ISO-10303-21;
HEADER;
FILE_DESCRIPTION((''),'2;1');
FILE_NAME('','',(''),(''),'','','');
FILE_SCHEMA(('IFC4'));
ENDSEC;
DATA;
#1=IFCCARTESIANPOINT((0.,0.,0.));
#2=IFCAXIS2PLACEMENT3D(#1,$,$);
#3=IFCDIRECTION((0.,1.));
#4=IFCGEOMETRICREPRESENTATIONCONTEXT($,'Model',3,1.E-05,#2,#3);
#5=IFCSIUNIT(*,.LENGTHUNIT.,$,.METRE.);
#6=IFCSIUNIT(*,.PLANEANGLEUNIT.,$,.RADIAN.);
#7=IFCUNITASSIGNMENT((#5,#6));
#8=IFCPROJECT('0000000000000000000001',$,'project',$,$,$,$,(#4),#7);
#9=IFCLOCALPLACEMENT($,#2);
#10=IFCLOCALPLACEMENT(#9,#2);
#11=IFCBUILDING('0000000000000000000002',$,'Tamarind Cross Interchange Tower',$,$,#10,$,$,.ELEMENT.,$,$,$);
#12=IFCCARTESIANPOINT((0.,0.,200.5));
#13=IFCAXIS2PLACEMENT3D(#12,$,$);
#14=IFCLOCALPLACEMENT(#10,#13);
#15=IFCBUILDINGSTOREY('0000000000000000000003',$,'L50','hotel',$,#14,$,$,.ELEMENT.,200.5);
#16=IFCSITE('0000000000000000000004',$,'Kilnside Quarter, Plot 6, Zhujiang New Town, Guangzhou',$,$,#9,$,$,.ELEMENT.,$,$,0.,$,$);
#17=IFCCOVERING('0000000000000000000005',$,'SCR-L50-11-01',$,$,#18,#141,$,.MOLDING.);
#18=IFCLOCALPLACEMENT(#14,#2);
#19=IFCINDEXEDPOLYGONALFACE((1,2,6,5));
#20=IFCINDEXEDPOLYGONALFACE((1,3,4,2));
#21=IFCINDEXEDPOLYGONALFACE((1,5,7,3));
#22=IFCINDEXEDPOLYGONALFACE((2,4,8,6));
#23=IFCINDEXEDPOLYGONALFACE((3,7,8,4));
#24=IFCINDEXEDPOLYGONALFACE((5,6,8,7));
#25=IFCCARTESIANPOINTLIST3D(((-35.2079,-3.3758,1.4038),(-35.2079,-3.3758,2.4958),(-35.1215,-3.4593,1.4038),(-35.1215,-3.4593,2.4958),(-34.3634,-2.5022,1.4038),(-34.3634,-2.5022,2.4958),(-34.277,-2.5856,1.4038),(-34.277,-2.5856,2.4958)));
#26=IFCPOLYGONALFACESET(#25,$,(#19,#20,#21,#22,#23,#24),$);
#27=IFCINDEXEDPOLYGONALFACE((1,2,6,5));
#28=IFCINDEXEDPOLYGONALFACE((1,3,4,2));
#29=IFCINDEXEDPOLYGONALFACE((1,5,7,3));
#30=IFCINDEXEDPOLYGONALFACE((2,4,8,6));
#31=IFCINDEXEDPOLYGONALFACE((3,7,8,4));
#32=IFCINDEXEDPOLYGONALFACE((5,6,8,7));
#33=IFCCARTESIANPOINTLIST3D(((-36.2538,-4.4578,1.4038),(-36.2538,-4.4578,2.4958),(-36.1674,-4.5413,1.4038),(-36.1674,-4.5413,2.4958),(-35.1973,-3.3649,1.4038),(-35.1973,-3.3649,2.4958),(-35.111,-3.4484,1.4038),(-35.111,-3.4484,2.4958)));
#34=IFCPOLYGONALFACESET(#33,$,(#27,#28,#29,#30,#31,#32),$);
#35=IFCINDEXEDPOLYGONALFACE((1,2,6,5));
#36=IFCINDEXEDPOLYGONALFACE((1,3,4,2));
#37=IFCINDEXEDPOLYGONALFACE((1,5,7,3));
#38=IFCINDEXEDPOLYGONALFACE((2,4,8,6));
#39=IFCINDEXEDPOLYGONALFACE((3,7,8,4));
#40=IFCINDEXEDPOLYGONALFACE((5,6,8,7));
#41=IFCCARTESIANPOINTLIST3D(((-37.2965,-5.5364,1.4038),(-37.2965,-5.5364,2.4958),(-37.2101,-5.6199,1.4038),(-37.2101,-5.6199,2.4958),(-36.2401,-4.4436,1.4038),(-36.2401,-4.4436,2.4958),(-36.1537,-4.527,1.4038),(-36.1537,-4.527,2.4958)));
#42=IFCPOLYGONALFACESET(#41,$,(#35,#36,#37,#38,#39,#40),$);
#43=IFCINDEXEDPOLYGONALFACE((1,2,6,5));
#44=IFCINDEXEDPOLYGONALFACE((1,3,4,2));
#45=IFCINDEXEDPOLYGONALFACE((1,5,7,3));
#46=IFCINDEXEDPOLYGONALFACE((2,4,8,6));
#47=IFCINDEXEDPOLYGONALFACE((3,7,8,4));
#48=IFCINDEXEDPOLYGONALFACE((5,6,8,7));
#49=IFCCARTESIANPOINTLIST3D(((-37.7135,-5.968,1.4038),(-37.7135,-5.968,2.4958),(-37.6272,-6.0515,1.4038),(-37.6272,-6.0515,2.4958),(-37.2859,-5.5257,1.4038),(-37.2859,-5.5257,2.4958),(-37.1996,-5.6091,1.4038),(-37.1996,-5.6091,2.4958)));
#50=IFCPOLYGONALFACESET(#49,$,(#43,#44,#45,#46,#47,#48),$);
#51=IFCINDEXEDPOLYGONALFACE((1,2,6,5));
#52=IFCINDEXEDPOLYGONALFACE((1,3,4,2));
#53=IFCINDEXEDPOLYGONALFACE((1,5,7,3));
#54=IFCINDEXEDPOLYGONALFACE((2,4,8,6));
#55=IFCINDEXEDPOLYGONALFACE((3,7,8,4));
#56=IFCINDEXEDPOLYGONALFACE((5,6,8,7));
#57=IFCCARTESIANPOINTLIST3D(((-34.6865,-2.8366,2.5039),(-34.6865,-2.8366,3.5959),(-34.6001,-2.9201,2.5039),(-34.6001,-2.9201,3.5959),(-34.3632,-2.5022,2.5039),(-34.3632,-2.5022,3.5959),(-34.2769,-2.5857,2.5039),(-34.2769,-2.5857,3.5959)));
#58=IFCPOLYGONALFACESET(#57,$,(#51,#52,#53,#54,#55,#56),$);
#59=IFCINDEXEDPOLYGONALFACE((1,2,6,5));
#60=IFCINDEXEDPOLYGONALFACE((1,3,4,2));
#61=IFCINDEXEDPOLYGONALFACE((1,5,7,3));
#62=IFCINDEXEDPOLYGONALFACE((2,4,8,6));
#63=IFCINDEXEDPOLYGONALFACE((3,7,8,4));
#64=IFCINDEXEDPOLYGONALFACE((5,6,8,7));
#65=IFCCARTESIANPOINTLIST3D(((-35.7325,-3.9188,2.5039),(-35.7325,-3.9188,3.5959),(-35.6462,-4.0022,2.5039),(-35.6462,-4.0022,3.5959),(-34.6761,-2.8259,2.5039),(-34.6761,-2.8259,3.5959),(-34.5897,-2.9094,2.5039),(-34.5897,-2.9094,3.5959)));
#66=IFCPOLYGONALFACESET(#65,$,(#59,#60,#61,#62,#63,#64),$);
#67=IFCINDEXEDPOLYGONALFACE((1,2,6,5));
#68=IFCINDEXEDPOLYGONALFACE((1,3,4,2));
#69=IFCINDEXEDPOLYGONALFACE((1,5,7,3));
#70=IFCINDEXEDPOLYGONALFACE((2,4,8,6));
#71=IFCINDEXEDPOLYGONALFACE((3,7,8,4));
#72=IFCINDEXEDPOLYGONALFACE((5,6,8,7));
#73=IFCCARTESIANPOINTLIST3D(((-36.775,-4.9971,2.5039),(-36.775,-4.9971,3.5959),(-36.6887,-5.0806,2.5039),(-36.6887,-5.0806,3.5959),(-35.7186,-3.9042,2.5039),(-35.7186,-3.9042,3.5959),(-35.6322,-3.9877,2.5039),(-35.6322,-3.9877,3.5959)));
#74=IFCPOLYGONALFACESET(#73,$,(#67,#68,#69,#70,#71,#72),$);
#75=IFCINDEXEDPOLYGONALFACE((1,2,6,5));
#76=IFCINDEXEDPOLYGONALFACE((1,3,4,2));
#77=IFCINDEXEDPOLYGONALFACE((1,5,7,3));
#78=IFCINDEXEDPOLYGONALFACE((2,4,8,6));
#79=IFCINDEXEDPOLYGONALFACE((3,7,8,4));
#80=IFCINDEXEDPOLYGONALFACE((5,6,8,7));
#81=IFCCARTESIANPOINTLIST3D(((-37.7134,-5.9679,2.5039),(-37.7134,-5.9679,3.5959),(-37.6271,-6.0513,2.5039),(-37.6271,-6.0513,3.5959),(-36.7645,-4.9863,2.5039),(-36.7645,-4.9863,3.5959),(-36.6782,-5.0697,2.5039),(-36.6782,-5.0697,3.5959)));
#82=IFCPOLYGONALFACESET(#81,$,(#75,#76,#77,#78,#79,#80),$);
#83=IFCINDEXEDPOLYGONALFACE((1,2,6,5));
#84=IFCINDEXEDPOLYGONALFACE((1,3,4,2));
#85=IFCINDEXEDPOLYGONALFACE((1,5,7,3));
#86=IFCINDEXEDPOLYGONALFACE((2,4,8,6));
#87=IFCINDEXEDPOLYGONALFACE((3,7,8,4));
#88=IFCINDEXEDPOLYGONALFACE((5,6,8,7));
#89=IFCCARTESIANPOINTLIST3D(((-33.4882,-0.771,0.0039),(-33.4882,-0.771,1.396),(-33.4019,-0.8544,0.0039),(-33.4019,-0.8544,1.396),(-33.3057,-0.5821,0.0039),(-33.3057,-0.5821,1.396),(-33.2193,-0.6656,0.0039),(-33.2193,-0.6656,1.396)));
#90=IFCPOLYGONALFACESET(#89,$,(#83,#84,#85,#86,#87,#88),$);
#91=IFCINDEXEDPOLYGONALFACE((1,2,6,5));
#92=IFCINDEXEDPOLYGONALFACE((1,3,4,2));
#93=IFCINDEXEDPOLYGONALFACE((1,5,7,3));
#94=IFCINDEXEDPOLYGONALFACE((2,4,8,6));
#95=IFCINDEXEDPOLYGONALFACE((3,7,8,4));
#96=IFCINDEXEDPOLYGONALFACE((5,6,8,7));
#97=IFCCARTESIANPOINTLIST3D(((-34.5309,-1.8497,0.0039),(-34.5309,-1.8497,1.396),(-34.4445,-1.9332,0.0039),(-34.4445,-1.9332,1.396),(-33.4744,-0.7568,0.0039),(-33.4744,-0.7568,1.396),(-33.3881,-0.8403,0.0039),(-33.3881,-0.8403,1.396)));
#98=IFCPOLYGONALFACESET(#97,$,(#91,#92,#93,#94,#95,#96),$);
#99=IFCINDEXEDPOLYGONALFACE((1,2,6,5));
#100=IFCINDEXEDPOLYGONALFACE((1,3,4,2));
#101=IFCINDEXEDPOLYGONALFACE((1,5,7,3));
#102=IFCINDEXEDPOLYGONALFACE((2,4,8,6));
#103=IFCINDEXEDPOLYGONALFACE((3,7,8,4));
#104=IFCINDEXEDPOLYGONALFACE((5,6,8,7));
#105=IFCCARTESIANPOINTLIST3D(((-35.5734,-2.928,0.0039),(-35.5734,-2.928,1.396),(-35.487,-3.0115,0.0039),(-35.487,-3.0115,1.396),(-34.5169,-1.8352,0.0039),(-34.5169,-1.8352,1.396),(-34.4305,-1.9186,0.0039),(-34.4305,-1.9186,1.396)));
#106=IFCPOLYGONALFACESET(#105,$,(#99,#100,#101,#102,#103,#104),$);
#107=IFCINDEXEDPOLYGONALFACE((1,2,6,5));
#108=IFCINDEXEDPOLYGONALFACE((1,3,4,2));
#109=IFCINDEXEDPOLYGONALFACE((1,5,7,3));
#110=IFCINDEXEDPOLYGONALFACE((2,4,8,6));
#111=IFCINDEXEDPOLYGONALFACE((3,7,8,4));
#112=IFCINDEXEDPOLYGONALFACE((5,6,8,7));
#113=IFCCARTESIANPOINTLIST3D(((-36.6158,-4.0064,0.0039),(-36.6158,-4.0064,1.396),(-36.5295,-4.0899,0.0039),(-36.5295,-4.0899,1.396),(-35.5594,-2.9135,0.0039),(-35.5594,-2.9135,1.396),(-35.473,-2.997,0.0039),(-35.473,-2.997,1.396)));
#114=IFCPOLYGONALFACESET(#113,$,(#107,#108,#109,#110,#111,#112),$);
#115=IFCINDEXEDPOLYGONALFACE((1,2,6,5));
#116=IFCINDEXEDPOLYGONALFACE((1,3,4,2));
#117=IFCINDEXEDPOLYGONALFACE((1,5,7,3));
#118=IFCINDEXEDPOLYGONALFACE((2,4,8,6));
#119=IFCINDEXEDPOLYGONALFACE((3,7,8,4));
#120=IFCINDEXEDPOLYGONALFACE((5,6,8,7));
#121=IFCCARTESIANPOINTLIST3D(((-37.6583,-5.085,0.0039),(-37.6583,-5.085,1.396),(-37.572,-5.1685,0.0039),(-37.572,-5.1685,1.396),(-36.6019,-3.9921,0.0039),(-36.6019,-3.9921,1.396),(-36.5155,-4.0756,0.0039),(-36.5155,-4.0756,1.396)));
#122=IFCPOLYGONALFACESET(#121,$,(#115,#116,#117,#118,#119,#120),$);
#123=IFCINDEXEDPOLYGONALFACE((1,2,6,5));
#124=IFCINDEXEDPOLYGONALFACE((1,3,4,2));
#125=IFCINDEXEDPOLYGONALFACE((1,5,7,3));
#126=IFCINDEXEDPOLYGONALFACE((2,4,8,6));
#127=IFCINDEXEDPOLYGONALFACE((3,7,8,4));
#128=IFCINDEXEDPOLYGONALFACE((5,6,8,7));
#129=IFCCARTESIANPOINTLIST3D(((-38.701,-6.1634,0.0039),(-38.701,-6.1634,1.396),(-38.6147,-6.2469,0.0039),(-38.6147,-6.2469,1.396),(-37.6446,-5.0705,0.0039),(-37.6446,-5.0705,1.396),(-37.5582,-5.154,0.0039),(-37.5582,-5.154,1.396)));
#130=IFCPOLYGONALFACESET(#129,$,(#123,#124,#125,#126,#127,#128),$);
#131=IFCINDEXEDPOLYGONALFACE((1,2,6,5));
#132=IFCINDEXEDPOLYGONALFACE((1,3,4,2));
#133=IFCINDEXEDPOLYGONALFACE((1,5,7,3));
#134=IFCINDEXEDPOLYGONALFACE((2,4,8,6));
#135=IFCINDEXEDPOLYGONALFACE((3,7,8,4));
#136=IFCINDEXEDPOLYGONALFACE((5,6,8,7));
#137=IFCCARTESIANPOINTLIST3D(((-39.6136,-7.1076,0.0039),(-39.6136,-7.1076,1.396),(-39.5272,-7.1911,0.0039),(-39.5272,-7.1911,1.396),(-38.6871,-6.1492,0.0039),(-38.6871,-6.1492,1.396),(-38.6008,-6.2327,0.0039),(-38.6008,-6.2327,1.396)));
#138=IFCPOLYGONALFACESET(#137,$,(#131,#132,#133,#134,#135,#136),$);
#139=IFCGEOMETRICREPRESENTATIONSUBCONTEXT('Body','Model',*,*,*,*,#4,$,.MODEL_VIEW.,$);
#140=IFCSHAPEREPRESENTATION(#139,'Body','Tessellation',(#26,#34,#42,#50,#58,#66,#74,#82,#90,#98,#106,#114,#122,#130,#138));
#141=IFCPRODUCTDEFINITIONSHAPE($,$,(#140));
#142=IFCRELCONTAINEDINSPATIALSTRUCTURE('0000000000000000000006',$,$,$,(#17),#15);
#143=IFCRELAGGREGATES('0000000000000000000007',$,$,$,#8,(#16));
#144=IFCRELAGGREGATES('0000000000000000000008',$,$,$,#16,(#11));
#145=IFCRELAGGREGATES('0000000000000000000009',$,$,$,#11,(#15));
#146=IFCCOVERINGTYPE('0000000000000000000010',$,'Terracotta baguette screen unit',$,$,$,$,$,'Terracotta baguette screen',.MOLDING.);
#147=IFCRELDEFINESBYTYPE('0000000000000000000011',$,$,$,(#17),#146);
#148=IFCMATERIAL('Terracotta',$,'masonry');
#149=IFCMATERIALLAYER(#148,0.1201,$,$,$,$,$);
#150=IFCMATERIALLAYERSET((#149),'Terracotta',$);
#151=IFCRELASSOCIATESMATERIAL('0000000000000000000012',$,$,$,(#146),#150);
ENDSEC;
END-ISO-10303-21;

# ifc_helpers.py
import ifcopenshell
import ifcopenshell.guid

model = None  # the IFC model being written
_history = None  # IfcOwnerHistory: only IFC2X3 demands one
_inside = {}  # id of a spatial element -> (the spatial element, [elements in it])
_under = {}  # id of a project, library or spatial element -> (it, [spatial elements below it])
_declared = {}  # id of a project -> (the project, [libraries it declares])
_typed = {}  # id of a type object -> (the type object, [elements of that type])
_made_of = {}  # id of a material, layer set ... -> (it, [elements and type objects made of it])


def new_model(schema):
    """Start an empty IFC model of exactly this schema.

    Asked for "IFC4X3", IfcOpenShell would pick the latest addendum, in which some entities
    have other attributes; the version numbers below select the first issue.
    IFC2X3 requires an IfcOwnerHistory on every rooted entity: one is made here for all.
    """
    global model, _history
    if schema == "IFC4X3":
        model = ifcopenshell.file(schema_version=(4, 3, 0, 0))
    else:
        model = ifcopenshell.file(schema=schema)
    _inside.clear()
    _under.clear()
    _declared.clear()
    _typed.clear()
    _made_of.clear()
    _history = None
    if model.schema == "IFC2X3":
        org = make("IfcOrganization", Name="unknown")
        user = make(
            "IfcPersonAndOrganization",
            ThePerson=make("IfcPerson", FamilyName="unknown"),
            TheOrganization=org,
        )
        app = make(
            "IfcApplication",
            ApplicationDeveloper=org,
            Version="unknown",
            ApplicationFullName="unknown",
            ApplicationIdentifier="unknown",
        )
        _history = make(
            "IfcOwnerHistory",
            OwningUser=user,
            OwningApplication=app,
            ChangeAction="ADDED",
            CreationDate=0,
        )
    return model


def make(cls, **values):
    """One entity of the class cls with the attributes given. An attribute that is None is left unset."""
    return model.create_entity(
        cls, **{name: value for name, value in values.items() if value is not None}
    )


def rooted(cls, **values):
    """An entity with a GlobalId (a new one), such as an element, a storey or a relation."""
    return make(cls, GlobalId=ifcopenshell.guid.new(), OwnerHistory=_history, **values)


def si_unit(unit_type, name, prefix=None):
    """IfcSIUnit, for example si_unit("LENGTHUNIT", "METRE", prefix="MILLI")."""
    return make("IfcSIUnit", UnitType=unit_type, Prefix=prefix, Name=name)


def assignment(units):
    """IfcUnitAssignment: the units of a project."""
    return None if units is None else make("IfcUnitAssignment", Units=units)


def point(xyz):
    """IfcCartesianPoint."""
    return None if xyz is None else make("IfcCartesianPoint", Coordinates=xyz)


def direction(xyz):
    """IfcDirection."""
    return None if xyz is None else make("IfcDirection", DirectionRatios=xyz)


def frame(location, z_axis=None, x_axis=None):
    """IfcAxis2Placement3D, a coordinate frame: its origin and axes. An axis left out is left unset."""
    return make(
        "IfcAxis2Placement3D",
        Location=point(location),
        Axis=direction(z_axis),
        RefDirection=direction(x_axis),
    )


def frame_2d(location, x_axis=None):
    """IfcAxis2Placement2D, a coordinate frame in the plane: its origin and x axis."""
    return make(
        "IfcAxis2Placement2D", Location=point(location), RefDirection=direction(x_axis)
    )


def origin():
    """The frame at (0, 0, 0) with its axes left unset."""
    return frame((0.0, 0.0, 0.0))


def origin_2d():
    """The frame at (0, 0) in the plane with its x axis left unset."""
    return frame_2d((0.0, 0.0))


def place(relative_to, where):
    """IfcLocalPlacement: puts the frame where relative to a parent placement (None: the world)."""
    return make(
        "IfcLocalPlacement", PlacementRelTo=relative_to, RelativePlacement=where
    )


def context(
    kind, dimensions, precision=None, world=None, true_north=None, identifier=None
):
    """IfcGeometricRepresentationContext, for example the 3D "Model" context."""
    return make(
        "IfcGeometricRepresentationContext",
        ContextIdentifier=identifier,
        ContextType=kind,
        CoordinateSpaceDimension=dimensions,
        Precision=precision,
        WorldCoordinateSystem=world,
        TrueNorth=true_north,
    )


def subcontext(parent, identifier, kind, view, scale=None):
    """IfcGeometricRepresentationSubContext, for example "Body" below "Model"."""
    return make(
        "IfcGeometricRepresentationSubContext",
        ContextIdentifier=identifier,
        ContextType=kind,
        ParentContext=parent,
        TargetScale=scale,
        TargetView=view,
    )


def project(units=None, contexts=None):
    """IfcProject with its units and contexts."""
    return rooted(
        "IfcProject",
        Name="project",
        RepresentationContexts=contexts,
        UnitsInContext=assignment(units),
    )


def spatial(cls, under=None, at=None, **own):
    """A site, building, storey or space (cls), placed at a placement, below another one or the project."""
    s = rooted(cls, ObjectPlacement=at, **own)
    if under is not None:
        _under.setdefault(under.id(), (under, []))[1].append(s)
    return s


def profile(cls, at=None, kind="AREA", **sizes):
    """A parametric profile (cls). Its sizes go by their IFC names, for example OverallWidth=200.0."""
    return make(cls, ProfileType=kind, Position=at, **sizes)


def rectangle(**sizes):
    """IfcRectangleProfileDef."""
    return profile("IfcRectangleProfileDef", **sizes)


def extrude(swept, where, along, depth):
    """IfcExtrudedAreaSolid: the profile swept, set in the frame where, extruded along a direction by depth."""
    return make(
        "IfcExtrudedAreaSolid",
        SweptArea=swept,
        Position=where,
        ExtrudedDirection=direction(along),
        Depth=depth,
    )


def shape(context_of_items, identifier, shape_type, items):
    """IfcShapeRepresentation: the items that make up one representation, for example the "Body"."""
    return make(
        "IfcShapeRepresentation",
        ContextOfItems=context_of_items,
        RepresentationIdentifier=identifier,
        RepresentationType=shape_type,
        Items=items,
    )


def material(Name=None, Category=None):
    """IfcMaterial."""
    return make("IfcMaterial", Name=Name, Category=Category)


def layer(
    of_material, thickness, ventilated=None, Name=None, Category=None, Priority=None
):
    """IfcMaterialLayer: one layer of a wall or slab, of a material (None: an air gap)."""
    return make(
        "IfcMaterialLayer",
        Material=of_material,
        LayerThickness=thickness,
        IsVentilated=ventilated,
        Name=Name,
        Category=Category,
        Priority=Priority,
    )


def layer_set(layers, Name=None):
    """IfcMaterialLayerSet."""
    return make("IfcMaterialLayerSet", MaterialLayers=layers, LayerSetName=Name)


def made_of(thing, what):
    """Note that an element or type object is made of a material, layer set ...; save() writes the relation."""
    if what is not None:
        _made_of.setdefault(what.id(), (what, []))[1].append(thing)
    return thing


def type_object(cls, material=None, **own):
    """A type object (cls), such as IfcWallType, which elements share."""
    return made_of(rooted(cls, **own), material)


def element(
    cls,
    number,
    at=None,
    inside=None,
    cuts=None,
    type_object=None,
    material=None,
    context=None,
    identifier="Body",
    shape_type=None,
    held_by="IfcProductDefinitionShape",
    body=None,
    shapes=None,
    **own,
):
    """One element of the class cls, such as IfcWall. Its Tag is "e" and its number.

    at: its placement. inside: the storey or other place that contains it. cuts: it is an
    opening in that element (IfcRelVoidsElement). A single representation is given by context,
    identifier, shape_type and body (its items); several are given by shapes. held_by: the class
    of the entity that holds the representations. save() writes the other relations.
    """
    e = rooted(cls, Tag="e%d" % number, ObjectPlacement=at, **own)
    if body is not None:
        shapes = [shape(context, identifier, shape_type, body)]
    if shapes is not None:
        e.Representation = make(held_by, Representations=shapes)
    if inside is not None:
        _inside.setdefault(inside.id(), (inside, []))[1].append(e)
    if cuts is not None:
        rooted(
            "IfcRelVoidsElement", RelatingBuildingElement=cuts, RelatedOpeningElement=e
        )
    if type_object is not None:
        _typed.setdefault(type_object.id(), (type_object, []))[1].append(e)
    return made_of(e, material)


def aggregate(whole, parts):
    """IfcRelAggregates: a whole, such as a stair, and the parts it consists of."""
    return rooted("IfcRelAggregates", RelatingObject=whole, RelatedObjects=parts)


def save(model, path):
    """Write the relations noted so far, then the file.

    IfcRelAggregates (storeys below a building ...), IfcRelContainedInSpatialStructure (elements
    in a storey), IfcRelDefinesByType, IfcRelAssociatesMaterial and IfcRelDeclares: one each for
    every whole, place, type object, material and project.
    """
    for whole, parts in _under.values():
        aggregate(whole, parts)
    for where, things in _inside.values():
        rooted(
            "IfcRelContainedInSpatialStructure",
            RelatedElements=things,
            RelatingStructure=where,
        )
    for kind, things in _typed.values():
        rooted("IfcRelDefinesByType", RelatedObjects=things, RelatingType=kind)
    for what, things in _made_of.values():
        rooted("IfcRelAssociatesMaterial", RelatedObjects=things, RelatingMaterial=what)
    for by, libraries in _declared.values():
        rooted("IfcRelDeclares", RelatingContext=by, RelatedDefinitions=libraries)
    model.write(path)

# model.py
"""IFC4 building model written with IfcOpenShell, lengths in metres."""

from ifc_helpers import new_model, si_unit, direction, frame, origin, origin_2d, place, context, subcontext, project, spatial, rectangle, extrude, material, layer, layer_set, type_object, element, save


model = new_model("IFC4")

# Units and contexts
model_context = context("Model", 3, precision=1e-05, world=origin(), true_north=direction((0.0, 1.0)))
body_context = subcontext(model_context, "Body", "Model", "MODEL_VIEW")
ifc_project = project(units=[si_unit("LENGTHUNIT", "METRE"), si_unit("PLANEANGLEUNIT", "RADIAN")], contexts=[model_context])

# Site, building, storey
site_placement = place(None, origin())
site = spatial("IfcSite", under=ifc_project, at=site_placement, Name="Kilnside Quarter, Plot 6, Zhujiang New Town, Guangzhou", CompositionType="ELEMENT", RefElevation=0.0)
building_placement = place(site_placement, origin())
building = spatial("IfcBuilding", under=site, at=building_placement, Name="Tamarind Cross Interchange Tower", CompositionType="ELEMENT")
storey_placement = place(building_placement, frame((0.0, 0.0, 200.5)))
storey = spatial("IfcBuildingStorey", under=building, at=storey_placement, Name="L50", Description="hotel", CompositionType="ELEMENT", Elevation=200.5)

# Covering
ifc_material_1 = material(Name="Terracotta", Category="masonry")
ifc_layer_1 = layer(ifc_material_1, 0.1201)
ifc_layer_set_1 = layer_set([ifc_layer_1], Name="Terracotta")
covering_type = type_object("IfcCoveringType", Name="Terracotta baguette screen unit", ElementType="Terracotta baguette screen", PredefinedType="MOLDING", material=ifc_layer_set_1)
covering_1_placement = place(storey_placement, origin())
element("IfcCovering", 1, at=covering_1_placement, inside=storey, type_object=covering_type, Name="SCR-L50-11-01", PredefinedType="MOLDING", context=body_context, shape_type="SweptSolid", body=[
    extrude(rectangle(XDim=1.2151, YDim=0.1201, at=origin_2d()), frame((-34.7424, -2.9807, 1.4038), z_axis=(0.0, 0.0, 1.0), x_axis=(-0.69502, -0.718991, 0.0)), (0.0, 0.0, 1.0), 1.092),
    extrude(rectangle(XDim=1.52, YDim=0.1201, at=origin_2d()), frame((-35.6824, -3.9531, 1.4038), z_axis=(0.0, 0.0, 1.0), x_axis=(-0.69502, -0.718991, 0.0)), (0.0, 0.0, 1.0), 1.092),
    extrude(rectangle(XDim=1.52, YDim=0.1201, at=origin_2d()), frame((-36.7251, -5.0317, 1.4038), z_axis=(0.0, 0.0, 1.0), x_axis=(-0.69502, -0.718991, 0.0)), (0.0, 0.0, 1.0), 1.092),
    extrude(rectangle(XDim=0.6152, YDim=0.1201, at=origin_2d()), frame((-37.4565, -5.7886, 1.4038), z_axis=(0.0, 0.0, 1.0), x_axis=(-0.69502, -0.718991, 0.0)), (0.0, 0.0, 1.0), 1.092),
    extrude(rectangle(XDim=0.4651, YDim=0.1201, at=origin_2d()), frame((-34.4817, -2.7112, 2.5039), z_axis=(0.0, 0.0, 1.0), x_axis=(-0.69502, -0.718991, 0.0)), (0.0, 0.0, 1.0), 1.092),
    extrude(rectangle(XDim=1.52, YDim=0.1201, at=origin_2d()), frame((-35.1611, -3.4141, 2.5039), z_axis=(0.0, 0.0, 1.0), x_axis=(-0.69502, -0.718991, 0.0)), (0.0, 0.0, 1.0), 1.092),
    extrude(rectangle(XDim=1.52, YDim=0.1201, at=origin_2d()), frame((-36.2036, -4.4924, 2.5039), z_axis=(0.0, 0.0, 1.0), x_axis=(-0.69502, -0.718991, 0.0)), (0.0, 0.0, 1.0), 1.092),
    extrude(rectangle(XDim=1.3652, YDim=0.1201, at=origin_2d()), frame((-37.1958, -5.5188, 2.5039), z_axis=(0.0, 0.0, 1.0), x_axis=(-0.69502, -0.718991, 0.0)), (0.0, 0.0, 1.0), 1.092),
    extrude(rectangle(XDim=0.2627, YDim=0.1201, at=origin_2d()), frame((-33.3538, -0.7183, 0.0039), z_axis=(0.0, 0.0, 1.0), x_axis=(-0.69502, -0.718991, 0.0)), (0.0, 0.0, 1.0), 1.3921),
    extrude(rectangle(XDim=1.52, YDim=0.1201, at=origin_2d()), frame((-33.9595, -1.345, 0.0039), z_axis=(0.0, 0.0, 1.0), x_axis=(-0.69502, -0.718991, 0.0)), (0.0, 0.0, 1.0), 1.3921),
    extrude(rectangle(XDim=1.52, YDim=0.1201, at=origin_2d()), frame((-35.002, -2.4233, 0.0039), z_axis=(0.0, 0.0, 1.0), x_axis=(-0.69502, -0.718991, 0.0)), (0.0, 0.0, 1.0), 1.3921),
    extrude(rectangle(XDim=1.52, YDim=0.1201, at=origin_2d()), frame((-36.0444, -3.5017, 0.0039), z_axis=(0.0, 0.0, 1.0), x_axis=(-0.69502, -0.718991, 0.0)), (0.0, 0.0, 1.0), 1.3921),
    extrude(rectangle(XDim=1.52, YDim=0.1201, at=origin_2d()), frame((-37.0869, -4.5803, 0.0039), z_axis=(0.0, 0.0, 1.0), x_axis=(-0.69502, -0.718991, 0.0)), (0.0, 0.0, 1.0), 1.3921),
    extrude(rectangle(XDim=1.52, YDim=0.1201, at=origin_2d()), frame((-38.1296, -5.6587, 0.0039), z_axis=(0.0, 0.0, 1.0), x_axis=(-0.69502, -0.718991, 0.0)), (0.0, 0.0, 1.0), 1.3921),
    extrude(rectangle(XDim=1.333, YDim=0.1201, at=origin_2d()), frame((-39.1072, -6.6702, 0.0039), z_axis=(0.0, 0.0, 1.0), x_axis=(-0.69502, -0.718991, 0.0)), (0.0, 0.0, 1.0), 1.3921),
])

save(model, "model.ifc")
